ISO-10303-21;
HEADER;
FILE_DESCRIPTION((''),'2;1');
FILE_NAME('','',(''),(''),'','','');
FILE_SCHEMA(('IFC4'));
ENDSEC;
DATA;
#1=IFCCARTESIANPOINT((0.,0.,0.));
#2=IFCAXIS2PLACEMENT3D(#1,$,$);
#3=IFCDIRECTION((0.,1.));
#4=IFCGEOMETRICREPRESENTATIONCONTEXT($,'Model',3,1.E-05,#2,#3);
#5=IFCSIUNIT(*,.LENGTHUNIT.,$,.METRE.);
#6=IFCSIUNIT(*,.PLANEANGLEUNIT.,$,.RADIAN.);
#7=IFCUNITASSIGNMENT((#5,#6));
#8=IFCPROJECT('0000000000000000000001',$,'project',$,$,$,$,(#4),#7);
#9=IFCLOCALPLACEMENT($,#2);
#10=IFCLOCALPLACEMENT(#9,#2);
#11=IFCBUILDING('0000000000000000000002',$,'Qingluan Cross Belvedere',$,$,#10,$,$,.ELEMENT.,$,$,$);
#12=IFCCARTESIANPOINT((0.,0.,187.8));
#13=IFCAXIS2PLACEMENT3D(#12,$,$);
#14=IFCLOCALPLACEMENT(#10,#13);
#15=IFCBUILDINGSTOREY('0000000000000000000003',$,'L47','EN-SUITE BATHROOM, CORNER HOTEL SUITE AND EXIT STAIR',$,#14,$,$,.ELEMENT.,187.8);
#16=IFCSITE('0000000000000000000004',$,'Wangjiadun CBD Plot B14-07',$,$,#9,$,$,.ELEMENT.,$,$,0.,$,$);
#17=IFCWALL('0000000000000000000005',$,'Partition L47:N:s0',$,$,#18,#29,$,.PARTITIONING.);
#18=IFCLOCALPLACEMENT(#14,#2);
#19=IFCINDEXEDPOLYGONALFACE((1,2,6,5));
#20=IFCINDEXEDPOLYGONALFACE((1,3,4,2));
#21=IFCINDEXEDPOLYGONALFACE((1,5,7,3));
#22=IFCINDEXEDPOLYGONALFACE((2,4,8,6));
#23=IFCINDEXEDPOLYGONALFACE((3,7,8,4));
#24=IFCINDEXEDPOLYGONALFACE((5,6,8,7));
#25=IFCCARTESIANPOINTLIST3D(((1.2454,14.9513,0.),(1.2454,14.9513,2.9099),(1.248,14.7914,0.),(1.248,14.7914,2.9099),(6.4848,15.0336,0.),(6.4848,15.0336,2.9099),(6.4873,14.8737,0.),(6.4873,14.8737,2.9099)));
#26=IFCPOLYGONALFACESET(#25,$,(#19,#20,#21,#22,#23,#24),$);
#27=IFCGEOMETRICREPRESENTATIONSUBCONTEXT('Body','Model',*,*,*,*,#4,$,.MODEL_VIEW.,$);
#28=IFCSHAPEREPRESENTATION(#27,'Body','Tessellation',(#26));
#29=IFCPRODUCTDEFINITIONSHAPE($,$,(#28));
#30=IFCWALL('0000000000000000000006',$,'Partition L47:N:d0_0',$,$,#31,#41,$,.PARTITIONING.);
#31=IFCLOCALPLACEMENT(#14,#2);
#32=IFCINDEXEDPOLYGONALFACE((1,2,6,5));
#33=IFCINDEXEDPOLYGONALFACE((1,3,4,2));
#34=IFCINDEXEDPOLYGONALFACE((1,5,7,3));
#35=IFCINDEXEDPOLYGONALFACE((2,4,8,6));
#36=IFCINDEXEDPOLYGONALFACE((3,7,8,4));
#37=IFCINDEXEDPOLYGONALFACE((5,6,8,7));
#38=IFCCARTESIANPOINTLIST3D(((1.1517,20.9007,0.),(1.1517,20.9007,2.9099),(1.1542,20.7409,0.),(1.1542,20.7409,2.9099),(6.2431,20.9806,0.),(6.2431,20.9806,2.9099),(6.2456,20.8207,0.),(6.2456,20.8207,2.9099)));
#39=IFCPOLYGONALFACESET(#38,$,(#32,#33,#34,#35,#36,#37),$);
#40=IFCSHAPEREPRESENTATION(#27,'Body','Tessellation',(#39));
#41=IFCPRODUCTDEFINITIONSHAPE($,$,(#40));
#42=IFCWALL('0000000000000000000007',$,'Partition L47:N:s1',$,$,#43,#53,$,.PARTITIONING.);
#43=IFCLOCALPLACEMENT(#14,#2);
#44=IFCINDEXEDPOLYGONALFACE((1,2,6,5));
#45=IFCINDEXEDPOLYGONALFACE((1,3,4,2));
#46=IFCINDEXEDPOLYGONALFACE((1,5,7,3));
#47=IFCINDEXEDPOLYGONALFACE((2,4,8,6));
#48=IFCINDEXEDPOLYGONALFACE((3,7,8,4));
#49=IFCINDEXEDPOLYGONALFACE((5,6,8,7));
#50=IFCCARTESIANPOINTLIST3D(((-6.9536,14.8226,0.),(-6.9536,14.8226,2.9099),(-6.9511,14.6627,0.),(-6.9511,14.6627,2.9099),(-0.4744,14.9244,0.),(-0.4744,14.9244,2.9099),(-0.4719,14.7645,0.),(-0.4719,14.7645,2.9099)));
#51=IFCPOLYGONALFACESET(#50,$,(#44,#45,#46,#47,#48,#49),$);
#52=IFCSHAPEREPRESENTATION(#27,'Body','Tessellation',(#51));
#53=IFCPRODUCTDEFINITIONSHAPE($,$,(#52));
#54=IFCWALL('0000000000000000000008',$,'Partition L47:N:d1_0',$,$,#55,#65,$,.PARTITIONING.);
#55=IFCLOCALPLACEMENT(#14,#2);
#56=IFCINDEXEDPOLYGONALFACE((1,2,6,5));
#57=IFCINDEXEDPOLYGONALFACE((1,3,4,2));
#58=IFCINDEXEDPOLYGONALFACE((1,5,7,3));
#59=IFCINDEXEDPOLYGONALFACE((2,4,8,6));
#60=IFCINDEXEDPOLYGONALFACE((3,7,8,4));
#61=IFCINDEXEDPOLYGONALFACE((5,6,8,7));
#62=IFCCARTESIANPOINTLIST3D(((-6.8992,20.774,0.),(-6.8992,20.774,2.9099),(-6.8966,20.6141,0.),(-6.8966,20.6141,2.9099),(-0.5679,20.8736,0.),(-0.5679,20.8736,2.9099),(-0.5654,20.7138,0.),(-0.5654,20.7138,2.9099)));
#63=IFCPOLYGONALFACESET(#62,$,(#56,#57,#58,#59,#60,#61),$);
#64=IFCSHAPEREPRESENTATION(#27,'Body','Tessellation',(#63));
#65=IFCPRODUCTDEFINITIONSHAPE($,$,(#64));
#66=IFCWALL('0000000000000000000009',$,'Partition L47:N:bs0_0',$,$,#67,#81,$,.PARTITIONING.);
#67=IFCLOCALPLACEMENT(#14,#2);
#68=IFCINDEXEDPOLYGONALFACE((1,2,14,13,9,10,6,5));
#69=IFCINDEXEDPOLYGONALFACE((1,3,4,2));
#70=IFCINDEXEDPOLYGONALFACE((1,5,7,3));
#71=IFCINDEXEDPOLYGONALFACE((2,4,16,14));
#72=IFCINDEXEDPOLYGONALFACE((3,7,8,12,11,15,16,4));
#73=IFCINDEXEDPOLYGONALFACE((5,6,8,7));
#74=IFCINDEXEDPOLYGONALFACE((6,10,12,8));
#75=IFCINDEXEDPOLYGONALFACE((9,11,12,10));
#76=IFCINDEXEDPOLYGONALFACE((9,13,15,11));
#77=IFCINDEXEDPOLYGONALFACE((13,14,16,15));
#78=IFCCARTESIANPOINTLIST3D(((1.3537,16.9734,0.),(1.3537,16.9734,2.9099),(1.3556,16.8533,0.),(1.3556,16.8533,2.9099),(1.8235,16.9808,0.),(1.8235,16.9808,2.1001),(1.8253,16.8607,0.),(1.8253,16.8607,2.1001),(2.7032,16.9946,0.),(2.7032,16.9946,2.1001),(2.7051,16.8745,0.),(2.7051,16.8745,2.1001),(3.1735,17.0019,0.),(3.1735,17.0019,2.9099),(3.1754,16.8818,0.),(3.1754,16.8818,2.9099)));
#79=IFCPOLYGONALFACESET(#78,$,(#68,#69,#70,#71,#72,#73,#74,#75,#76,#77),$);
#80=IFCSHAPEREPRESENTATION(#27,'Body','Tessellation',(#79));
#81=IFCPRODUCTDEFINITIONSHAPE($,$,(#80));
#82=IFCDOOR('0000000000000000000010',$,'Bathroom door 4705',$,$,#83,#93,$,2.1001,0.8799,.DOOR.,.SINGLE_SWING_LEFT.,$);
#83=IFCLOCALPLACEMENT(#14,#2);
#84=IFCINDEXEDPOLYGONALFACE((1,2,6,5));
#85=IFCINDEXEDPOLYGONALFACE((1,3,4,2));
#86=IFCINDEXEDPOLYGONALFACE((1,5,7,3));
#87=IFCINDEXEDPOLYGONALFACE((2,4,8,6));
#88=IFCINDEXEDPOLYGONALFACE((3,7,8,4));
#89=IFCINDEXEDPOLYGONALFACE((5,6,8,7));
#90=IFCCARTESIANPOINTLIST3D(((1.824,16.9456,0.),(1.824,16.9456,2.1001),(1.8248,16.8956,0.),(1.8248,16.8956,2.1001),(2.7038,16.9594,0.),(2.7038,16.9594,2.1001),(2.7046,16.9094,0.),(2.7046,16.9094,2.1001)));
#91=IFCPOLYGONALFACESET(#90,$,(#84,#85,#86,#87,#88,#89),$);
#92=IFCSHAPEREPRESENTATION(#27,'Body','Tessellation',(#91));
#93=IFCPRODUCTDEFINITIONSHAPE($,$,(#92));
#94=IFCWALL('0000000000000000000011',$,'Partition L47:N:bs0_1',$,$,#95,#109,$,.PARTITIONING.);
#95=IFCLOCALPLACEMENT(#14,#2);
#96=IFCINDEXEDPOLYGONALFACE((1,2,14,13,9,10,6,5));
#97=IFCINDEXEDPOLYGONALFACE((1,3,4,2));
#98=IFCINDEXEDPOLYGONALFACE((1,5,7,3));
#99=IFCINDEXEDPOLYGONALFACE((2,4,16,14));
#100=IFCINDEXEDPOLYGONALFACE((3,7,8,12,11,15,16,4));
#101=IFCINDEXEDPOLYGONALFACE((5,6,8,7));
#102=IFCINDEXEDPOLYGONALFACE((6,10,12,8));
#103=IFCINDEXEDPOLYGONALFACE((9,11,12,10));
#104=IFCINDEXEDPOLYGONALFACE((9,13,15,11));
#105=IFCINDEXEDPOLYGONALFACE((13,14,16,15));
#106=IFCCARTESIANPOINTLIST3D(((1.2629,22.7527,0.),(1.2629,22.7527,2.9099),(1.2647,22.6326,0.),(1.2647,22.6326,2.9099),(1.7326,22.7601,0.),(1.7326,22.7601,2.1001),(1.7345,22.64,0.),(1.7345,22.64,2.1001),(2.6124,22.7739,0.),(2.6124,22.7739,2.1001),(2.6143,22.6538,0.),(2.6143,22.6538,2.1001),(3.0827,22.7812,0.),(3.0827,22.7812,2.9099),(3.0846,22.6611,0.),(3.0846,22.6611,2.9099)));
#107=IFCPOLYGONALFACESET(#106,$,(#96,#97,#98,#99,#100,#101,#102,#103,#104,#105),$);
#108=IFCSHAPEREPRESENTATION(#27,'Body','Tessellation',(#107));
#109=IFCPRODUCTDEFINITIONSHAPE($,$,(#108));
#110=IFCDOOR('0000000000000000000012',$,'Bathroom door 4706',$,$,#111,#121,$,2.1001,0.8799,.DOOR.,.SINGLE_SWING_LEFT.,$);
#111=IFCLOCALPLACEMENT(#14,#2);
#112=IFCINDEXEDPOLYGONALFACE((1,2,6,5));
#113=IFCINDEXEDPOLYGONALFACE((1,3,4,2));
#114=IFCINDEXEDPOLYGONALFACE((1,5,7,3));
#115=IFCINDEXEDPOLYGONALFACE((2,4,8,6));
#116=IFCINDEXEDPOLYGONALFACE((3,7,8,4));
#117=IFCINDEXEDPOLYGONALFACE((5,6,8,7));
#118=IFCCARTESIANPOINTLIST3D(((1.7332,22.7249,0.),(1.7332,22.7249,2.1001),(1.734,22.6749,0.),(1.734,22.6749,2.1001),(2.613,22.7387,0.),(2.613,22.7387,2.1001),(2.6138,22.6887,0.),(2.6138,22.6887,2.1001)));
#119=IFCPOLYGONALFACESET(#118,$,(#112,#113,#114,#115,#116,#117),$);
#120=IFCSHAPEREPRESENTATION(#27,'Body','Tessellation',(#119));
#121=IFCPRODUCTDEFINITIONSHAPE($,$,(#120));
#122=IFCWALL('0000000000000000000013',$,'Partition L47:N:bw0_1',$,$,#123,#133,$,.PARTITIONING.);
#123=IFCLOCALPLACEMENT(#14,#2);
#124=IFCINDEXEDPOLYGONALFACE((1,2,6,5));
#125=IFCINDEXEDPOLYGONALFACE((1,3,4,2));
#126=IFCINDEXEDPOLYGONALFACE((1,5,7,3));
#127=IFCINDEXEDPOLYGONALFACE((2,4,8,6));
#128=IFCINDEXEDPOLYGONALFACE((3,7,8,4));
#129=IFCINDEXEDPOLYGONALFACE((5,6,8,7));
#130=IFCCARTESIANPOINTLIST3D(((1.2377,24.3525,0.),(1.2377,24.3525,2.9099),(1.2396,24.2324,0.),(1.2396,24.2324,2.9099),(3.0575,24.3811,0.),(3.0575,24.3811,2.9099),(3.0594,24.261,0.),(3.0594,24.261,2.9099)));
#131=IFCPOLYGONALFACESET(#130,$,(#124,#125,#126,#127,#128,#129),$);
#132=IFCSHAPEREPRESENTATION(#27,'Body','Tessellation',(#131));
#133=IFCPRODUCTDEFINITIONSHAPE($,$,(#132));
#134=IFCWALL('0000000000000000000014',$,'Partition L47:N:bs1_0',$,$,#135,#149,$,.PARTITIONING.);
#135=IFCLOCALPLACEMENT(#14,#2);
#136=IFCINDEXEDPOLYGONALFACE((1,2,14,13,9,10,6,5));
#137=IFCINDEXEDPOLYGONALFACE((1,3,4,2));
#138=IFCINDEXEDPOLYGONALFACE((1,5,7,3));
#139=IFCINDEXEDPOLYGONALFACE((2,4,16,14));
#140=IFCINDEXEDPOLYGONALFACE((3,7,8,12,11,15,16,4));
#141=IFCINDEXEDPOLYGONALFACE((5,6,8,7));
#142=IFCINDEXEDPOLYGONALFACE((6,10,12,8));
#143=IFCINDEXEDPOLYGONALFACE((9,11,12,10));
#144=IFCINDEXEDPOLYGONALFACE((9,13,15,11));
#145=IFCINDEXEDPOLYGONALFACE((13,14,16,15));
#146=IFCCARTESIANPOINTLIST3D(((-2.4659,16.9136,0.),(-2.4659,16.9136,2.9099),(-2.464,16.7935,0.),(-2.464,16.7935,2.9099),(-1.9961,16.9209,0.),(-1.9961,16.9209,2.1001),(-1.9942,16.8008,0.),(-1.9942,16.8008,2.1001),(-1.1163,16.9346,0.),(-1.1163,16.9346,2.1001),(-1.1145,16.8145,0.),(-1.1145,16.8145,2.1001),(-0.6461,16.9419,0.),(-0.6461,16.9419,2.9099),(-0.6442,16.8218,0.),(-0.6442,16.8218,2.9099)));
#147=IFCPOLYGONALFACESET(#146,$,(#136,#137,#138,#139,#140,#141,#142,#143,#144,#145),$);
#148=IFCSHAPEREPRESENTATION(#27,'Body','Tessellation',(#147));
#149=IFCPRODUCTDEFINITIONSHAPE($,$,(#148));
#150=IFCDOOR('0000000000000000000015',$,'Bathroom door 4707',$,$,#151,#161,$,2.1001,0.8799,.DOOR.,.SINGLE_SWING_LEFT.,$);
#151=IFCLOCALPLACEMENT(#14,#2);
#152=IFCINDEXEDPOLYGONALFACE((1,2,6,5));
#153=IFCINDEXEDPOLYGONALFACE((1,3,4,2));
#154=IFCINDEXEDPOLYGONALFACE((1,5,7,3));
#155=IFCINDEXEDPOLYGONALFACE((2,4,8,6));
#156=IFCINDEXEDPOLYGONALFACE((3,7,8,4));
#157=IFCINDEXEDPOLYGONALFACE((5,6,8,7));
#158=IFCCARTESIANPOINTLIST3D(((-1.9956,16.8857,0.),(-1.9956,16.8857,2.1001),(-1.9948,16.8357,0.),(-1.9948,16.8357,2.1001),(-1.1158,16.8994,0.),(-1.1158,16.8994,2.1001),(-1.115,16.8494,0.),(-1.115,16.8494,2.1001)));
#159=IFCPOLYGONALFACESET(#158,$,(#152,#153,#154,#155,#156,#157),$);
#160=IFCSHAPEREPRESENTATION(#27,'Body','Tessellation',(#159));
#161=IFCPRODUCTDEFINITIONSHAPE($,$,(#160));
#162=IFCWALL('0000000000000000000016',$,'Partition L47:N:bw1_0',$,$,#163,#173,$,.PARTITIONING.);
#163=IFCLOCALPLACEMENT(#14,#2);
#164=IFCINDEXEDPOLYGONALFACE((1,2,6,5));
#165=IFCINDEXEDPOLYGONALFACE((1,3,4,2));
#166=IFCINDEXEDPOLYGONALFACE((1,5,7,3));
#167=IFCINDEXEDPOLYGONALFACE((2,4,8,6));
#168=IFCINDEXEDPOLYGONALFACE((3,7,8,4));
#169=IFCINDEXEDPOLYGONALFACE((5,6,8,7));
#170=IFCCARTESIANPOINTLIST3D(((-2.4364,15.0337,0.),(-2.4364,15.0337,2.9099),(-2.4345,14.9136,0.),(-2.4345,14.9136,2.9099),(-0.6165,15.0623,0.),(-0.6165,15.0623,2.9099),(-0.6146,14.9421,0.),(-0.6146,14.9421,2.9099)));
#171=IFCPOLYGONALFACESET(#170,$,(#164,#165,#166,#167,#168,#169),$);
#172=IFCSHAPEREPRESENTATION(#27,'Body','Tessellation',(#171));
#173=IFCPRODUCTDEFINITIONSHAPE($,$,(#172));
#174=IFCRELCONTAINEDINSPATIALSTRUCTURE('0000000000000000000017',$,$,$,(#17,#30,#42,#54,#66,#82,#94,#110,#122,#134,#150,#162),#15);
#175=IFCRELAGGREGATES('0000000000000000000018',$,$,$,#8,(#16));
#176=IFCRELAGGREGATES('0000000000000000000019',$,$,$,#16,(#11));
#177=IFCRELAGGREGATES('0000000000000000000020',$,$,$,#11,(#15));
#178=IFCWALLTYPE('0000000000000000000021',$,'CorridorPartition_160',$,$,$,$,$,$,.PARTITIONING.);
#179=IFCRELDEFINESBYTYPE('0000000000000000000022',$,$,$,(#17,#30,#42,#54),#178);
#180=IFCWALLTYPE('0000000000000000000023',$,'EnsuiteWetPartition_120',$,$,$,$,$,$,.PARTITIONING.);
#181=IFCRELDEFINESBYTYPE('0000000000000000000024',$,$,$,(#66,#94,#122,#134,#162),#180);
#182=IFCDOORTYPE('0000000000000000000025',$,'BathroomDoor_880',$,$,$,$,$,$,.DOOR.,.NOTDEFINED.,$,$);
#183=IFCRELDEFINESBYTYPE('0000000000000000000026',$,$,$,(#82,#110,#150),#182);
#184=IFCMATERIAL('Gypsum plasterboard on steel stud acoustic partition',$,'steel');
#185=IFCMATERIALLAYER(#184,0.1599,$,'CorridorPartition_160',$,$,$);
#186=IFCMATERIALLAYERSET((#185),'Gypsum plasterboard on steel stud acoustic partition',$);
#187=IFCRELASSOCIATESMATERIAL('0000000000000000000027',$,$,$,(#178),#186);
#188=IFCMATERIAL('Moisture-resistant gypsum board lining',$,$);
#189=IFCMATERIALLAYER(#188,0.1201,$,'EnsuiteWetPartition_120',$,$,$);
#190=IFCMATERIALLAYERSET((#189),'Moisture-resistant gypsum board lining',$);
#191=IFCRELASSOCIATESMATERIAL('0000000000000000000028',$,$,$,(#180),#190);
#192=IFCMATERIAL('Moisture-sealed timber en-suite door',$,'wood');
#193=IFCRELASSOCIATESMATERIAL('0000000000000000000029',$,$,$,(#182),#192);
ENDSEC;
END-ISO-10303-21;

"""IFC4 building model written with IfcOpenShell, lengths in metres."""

from ifc_helpers import new_model, si_unit, direction, frame, frame_2d, origin, place, context, subcontext, project, spatial, rectangle, extrude, material, layer, layer_set, type_object, element, fill, save


model = new_model("IFC4")

# Units and contexts
model_context = context("Model", 3, precision=1e-05, world=origin(), true_north=direction((0.0, 1.0)))
body_context = subcontext(model_context, "Body", "Model", "MODEL_VIEW")
ifc_project = project(units=[si_unit("LENGTHUNIT", "METRE"), si_unit("PLANEANGLEUNIT", "RADIAN")], contexts=[model_context])

# Site, building, storey
site_placement = place(None, origin())
site = spatial("IfcSite", under=ifc_project, at=site_placement, Name="Wangjiadun CBD Plot B14-07", CompositionType="ELEMENT", RefElevation=0.0)
building_placement = place(site_placement, origin())
building = spatial("IfcBuilding", under=site, at=building_placement, Name="Qingluan Cross Belvedere", CompositionType="ELEMENT")
storey_placement = place(building_placement, frame((0.0, 0.0, 187.8)))
storey = spatial("IfcBuildingStorey", under=building, at=storey_placement, Name="L47", Description="EN-SUITE BATHROOM, CORNER HOTEL SUITE AND EXIT STAIR", CompositionType="ELEMENT", Elevation=187.8)

# Shared definitions
ifc_material_1 = material(Name="Gypsum plasterboard on steel stud acoustic partition", Category="steel")
ifc_layer_1 = layer(ifc_material_1, 0.1599, Name="CorridorPartition_160")
ifc_layer_set_1 = layer_set([ifc_layer_1], Name="Gypsum plasterboard on steel stud acoustic partition")
wall_type_1 = type_object("IfcWallType", Name="CorridorPartition_160", PredefinedType="PARTITIONING", material=ifc_layer_set_1)

# Walls
wall_1_placement = place(storey_placement, frame((1.2466, 14.8713, 0.0), z_axis=(0.0, 0.0, 1.0), x_axis=(0.999877, 0.015702, 0.0)))
element("IfcWall", 1, at=wall_1_placement, inside=storey, type_object=wall_type_1, Name="Partition L47:N:s0", PredefinedType="PARTITIONING", context=body_context, shape_type="SweptSolid", body=[
    extrude(rectangle(XDim=5.24, YDim=0.1599, at=frame_2d((2.6201, 0.0))), origin(), (0.0, 0.0, 1.0), 2.9099),
])
wall_2_placement = place(storey_placement, frame((1.1531, 20.8208, 0.0), z_axis=(0.0, 0.0, 1.0), x_axis=(0.999877, 0.015679, 0.0)))
element("IfcWall", 2, at=wall_2_placement, inside=storey, type_object=wall_type_1, Name="Partition L47:N:d0_0", PredefinedType="PARTITIONING", context=body_context, shape_type="SweptSolid", body=[
    extrude(rectangle(XDim=5.092, YDim=0.1599, at=frame_2d((2.5459, 0.0))), origin(), (0.0, 0.0, 1.0), 2.9099),
])

# Walls
wall_3_placement = place(storey_placement, frame((-0.4731, 14.8445, 0.0), z_axis=(0.0, 0.0, 1.0), x_axis=(-0.999877, -0.015711, 0.0)))
element("IfcWall", 3, at=wall_3_placement, inside=storey, type_object=wall_type_1, Name="Partition L47:N:s1", PredefinedType="PARTITIONING", context=body_context, shape_type="SweptSolid", body=[
    extrude(rectangle(XDim=6.48, YDim=0.1599, at=frame_2d((3.24, 0.0))), origin(), (0.0, 0.0, 1.0), 2.9099),
])
wall_4_placement = place(storey_placement, frame((-0.5667, 20.7937, 0.0), z_axis=(0.0, 0.0, 1.0), x_axis=(-0.999876, -0.015731, 0.0)))
element("IfcWall", 4, at=wall_4_placement, inside=storey, type_object=wall_type_1, Name="Partition L47:N:d1_0", PredefinedType="PARTITIONING", context=body_context, shape_type="SweptSolid", body=[
    extrude(rectangle(XDim=6.332, YDim=0.1599, at=frame_2d((3.166, 0.0))), origin(), (0.0, 0.0, 1.0), 2.9099),
])

# Walls, openings, doors
ifc_material_2 = material(Name="Moisture-resistant gypsum board lining")
ifc_layer_2 = layer(ifc_material_2, 0.1201, Name="EnsuiteWetPartition_120")
ifc_layer_set_2 = layer_set([ifc_layer_2], Name="Moisture-resistant gypsum board lining")
wall_type_2 = type_object("IfcWallType", Name="EnsuiteWetPartition_120", PredefinedType="PARTITIONING", material=ifc_layer_set_2)
wall_5_placement = place(storey_placement, frame((1.3545, 16.9133, 0.0), z_axis=(0.0, 0.0, 1.0), x_axis=(0.999877, 0.015694, 0.0)))
wall_5 = element("IfcWall", 5, at=wall_5_placement, inside=storey, type_object=wall_type_2, Name="Partition L47:N:bs0_0", PredefinedType="PARTITIONING", context=body_context, shape_type="SweptSolid", body=[
    extrude(rectangle(XDim=1.8201, YDim=0.1201, at=frame_2d((0.9102, 0.0))), origin(), (0.0, 0.0, 1.0), 2.9099),
])
opening_1_placement = place(wall_5_placement, frame((0.47, 0.0, 0.0)))
opening_1 = element("IfcOpeningElement", 6, at=opening_1_placement, cuts=wall_5, PredefinedType="OPENING", context=body_context, shape_type="SweptSolid", body=[
    extrude(rectangle(XDim=0.8799, YDim=2.1001, at=frame_2d((0.4399, 1.05))), frame((0.0, 0.0701, 0.0), z_axis=(0.0, -1.0, 0.0), x_axis=(1.0, 0.0, 0.0)), (0.0, 0.0, 1.0), 0.1401),
])
ifc_material_3 = material(Name="Moisture-sealed timber en-suite door", Category="wood")
door_type_1 = type_object("IfcDoorType", Name="BathroomDoor_880", OperationType="NOTDEFINED", PredefinedType="DOOR", material=ifc_material_3)
door_1_placement = place(opening_1_placement, origin())
door_1 = element("IfcDoor", 7, at=door_1_placement, inside=storey, type_object=door_type_1, Name="Bathroom door 4705", OperationType="SINGLE_SWING_LEFT", OverallHeight=2.1001, OverallWidth=0.8799, PredefinedType="DOOR", context=body_context, shape_type="SweptSolid", body=[
    extrude(rectangle(XDim=0.8799, YDim=2.1001, at=frame_2d((0.4399, 1.05))), frame((0.0, 0.0249, 0.0), z_axis=(0.0, -1.0, 0.0), x_axis=(1.0, 0.0, 0.0)), (0.0, 0.0, 1.0), 0.05),
])
fill(opening_1, door_1)
wall_6_placement = place(storey_placement, frame((1.2637, 22.6926, 0.0), z_axis=(0.0, 0.0, 1.0), x_axis=(0.999877, 0.015694, 0.0)))
wall_6 = element("IfcWall", 8, at=wall_6_placement, inside=storey, type_object=wall_type_2, Name="Partition L47:N:bs0_1", PredefinedType="PARTITIONING", context=body_context, shape_type="SweptSolid", body=[
    extrude(rectangle(XDim=1.8201, YDim=0.1201, at=frame_2d((0.9102, 0.0))), origin(), (0.0, 0.0, 1.0), 2.9099),
])
opening_2_placement = place(wall_6_placement, frame((0.47, 0.0, 0.0)))
opening_2 = element("IfcOpeningElement", 9, at=opening_2_placement, cuts=wall_6, PredefinedType="OPENING", context=body_context, shape_type="SweptSolid", body=[
    extrude(rectangle(XDim=0.8799, YDim=2.1001, at=frame_2d((0.4399, 1.05))), frame((0.0, 0.0701, 0.0), z_axis=(0.0, -1.0, 0.0), x_axis=(1.0, 0.0, 0.0)), (0.0, 0.0, 1.0), 0.1401),
])
door_2_placement = place(opening_2_placement, origin())
door_2 = element("IfcDoor", 10, at=door_2_placement, inside=storey, type_object=door_type_1, Name="Bathroom door 4706", OperationType="SINGLE_SWING_LEFT", OverallHeight=2.1001, OverallWidth=0.8799, PredefinedType="DOOR", context=body_context, shape_type="SweptSolid", body=[
    extrude(rectangle(XDim=0.8799, YDim=2.1001, at=frame_2d((0.4399, 1.05))), frame((0.0, 0.0249, 0.0), z_axis=(0.0, -1.0, 0.0), x_axis=(1.0, 0.0, 0.0)), (0.0, 0.0, 1.0), 0.05),
])
fill(opening_2, door_2)

# Wall
wall_7_placement = place(storey_placement, frame((1.2385, 24.2925, 0.0), z_axis=(0.0, 0.0, 1.0), x_axis=(0.999877, 0.015694, 0.0)))
element("IfcWall", 11, at=wall_7_placement, inside=storey, type_object=wall_type_2, Name="Partition L47:N:bw0_1", PredefinedType="PARTITIONING", context=body_context, shape_type="SweptSolid", body=[
    extrude(rectangle(XDim=1.8201, YDim=0.1201, at=frame_2d((0.9102, 0.0))), origin(), (0.0, 0.0, 1.0), 2.9099),
])

# Wall, opening, door
wall_8_placement = place(storey_placement, frame((-2.4651, 16.8535, 0.0), z_axis=(0.0, 0.0, 1.0), x_axis=(0.999879, 0.01556, 0.0)))
wall_8 = element("IfcWall", 12, at=wall_8_placement, inside=storey, type_object=wall_type_2, Name="Partition L47:N:bs1_0", PredefinedType="PARTITIONING", context=body_context, shape_type="SweptSolid", body=[
    extrude(rectangle(XDim=1.8201, YDim=0.1201, at=frame_2d((0.9102, 0.0))), origin(), (0.0, 0.0, 1.0), 2.9099),
])
opening_3_placement = place(wall_8_placement, frame((0.47, 0.0, 0.0)))
opening_3 = element("IfcOpeningElement", 13, at=opening_3_placement, cuts=wall_8, PredefinedType="OPENING", context=body_context, shape_type="SweptSolid", body=[
    extrude(rectangle(XDim=0.8799, YDim=2.1001, at=frame_2d((0.4399, 1.05))), frame((0.0, 0.0701, 0.0), z_axis=(0.0, -1.0, 0.0), x_axis=(1.0, 0.0, 0.0)), (0.0, 0.0, 1.0), 0.1401),
])
door_3_placement = place(opening_3_placement, origin())
door_3 = element("IfcDoor", 14, at=door_3_placement, inside=storey, type_object=door_type_1, Name="Bathroom door 4707", OperationType="SINGLE_SWING_LEFT", OverallHeight=2.1001, OverallWidth=0.8799, PredefinedType="DOOR", context=body_context, shape_type="SweptSolid", body=[
    extrude(rectangle(XDim=0.8799, YDim=2.1001, at=frame_2d((0.4399, 1.05))), frame((0.0, 0.0249, 0.0), z_axis=(0.0, -1.0, 0.0), x_axis=(1.0, 0.0, 0.0)), (0.0, 0.0, 1.0), 0.05),
])
fill(opening_3, door_3)

# Wall
wall_9_placement = place(storey_placement, frame((-2.4355, 14.9736, 0.0), z_axis=(0.0, 0.0, 1.0), x_axis=(0.999877, 0.015694, 0.0)))
element("IfcWall", 15, at=wall_9_placement, inside=storey, type_object=wall_type_2, Name="Partition L47:N:bw1_0", PredefinedType="PARTITIONING", context=body_context, shape_type="SweptSolid", body=[
    extrude(rectangle(XDim=1.8201, YDim=0.1201, at=frame_2d((0.9102, 0.0))), origin(), (0.0, 0.0, 1.0), 2.9099),
])

save(model, "model.ifc")
